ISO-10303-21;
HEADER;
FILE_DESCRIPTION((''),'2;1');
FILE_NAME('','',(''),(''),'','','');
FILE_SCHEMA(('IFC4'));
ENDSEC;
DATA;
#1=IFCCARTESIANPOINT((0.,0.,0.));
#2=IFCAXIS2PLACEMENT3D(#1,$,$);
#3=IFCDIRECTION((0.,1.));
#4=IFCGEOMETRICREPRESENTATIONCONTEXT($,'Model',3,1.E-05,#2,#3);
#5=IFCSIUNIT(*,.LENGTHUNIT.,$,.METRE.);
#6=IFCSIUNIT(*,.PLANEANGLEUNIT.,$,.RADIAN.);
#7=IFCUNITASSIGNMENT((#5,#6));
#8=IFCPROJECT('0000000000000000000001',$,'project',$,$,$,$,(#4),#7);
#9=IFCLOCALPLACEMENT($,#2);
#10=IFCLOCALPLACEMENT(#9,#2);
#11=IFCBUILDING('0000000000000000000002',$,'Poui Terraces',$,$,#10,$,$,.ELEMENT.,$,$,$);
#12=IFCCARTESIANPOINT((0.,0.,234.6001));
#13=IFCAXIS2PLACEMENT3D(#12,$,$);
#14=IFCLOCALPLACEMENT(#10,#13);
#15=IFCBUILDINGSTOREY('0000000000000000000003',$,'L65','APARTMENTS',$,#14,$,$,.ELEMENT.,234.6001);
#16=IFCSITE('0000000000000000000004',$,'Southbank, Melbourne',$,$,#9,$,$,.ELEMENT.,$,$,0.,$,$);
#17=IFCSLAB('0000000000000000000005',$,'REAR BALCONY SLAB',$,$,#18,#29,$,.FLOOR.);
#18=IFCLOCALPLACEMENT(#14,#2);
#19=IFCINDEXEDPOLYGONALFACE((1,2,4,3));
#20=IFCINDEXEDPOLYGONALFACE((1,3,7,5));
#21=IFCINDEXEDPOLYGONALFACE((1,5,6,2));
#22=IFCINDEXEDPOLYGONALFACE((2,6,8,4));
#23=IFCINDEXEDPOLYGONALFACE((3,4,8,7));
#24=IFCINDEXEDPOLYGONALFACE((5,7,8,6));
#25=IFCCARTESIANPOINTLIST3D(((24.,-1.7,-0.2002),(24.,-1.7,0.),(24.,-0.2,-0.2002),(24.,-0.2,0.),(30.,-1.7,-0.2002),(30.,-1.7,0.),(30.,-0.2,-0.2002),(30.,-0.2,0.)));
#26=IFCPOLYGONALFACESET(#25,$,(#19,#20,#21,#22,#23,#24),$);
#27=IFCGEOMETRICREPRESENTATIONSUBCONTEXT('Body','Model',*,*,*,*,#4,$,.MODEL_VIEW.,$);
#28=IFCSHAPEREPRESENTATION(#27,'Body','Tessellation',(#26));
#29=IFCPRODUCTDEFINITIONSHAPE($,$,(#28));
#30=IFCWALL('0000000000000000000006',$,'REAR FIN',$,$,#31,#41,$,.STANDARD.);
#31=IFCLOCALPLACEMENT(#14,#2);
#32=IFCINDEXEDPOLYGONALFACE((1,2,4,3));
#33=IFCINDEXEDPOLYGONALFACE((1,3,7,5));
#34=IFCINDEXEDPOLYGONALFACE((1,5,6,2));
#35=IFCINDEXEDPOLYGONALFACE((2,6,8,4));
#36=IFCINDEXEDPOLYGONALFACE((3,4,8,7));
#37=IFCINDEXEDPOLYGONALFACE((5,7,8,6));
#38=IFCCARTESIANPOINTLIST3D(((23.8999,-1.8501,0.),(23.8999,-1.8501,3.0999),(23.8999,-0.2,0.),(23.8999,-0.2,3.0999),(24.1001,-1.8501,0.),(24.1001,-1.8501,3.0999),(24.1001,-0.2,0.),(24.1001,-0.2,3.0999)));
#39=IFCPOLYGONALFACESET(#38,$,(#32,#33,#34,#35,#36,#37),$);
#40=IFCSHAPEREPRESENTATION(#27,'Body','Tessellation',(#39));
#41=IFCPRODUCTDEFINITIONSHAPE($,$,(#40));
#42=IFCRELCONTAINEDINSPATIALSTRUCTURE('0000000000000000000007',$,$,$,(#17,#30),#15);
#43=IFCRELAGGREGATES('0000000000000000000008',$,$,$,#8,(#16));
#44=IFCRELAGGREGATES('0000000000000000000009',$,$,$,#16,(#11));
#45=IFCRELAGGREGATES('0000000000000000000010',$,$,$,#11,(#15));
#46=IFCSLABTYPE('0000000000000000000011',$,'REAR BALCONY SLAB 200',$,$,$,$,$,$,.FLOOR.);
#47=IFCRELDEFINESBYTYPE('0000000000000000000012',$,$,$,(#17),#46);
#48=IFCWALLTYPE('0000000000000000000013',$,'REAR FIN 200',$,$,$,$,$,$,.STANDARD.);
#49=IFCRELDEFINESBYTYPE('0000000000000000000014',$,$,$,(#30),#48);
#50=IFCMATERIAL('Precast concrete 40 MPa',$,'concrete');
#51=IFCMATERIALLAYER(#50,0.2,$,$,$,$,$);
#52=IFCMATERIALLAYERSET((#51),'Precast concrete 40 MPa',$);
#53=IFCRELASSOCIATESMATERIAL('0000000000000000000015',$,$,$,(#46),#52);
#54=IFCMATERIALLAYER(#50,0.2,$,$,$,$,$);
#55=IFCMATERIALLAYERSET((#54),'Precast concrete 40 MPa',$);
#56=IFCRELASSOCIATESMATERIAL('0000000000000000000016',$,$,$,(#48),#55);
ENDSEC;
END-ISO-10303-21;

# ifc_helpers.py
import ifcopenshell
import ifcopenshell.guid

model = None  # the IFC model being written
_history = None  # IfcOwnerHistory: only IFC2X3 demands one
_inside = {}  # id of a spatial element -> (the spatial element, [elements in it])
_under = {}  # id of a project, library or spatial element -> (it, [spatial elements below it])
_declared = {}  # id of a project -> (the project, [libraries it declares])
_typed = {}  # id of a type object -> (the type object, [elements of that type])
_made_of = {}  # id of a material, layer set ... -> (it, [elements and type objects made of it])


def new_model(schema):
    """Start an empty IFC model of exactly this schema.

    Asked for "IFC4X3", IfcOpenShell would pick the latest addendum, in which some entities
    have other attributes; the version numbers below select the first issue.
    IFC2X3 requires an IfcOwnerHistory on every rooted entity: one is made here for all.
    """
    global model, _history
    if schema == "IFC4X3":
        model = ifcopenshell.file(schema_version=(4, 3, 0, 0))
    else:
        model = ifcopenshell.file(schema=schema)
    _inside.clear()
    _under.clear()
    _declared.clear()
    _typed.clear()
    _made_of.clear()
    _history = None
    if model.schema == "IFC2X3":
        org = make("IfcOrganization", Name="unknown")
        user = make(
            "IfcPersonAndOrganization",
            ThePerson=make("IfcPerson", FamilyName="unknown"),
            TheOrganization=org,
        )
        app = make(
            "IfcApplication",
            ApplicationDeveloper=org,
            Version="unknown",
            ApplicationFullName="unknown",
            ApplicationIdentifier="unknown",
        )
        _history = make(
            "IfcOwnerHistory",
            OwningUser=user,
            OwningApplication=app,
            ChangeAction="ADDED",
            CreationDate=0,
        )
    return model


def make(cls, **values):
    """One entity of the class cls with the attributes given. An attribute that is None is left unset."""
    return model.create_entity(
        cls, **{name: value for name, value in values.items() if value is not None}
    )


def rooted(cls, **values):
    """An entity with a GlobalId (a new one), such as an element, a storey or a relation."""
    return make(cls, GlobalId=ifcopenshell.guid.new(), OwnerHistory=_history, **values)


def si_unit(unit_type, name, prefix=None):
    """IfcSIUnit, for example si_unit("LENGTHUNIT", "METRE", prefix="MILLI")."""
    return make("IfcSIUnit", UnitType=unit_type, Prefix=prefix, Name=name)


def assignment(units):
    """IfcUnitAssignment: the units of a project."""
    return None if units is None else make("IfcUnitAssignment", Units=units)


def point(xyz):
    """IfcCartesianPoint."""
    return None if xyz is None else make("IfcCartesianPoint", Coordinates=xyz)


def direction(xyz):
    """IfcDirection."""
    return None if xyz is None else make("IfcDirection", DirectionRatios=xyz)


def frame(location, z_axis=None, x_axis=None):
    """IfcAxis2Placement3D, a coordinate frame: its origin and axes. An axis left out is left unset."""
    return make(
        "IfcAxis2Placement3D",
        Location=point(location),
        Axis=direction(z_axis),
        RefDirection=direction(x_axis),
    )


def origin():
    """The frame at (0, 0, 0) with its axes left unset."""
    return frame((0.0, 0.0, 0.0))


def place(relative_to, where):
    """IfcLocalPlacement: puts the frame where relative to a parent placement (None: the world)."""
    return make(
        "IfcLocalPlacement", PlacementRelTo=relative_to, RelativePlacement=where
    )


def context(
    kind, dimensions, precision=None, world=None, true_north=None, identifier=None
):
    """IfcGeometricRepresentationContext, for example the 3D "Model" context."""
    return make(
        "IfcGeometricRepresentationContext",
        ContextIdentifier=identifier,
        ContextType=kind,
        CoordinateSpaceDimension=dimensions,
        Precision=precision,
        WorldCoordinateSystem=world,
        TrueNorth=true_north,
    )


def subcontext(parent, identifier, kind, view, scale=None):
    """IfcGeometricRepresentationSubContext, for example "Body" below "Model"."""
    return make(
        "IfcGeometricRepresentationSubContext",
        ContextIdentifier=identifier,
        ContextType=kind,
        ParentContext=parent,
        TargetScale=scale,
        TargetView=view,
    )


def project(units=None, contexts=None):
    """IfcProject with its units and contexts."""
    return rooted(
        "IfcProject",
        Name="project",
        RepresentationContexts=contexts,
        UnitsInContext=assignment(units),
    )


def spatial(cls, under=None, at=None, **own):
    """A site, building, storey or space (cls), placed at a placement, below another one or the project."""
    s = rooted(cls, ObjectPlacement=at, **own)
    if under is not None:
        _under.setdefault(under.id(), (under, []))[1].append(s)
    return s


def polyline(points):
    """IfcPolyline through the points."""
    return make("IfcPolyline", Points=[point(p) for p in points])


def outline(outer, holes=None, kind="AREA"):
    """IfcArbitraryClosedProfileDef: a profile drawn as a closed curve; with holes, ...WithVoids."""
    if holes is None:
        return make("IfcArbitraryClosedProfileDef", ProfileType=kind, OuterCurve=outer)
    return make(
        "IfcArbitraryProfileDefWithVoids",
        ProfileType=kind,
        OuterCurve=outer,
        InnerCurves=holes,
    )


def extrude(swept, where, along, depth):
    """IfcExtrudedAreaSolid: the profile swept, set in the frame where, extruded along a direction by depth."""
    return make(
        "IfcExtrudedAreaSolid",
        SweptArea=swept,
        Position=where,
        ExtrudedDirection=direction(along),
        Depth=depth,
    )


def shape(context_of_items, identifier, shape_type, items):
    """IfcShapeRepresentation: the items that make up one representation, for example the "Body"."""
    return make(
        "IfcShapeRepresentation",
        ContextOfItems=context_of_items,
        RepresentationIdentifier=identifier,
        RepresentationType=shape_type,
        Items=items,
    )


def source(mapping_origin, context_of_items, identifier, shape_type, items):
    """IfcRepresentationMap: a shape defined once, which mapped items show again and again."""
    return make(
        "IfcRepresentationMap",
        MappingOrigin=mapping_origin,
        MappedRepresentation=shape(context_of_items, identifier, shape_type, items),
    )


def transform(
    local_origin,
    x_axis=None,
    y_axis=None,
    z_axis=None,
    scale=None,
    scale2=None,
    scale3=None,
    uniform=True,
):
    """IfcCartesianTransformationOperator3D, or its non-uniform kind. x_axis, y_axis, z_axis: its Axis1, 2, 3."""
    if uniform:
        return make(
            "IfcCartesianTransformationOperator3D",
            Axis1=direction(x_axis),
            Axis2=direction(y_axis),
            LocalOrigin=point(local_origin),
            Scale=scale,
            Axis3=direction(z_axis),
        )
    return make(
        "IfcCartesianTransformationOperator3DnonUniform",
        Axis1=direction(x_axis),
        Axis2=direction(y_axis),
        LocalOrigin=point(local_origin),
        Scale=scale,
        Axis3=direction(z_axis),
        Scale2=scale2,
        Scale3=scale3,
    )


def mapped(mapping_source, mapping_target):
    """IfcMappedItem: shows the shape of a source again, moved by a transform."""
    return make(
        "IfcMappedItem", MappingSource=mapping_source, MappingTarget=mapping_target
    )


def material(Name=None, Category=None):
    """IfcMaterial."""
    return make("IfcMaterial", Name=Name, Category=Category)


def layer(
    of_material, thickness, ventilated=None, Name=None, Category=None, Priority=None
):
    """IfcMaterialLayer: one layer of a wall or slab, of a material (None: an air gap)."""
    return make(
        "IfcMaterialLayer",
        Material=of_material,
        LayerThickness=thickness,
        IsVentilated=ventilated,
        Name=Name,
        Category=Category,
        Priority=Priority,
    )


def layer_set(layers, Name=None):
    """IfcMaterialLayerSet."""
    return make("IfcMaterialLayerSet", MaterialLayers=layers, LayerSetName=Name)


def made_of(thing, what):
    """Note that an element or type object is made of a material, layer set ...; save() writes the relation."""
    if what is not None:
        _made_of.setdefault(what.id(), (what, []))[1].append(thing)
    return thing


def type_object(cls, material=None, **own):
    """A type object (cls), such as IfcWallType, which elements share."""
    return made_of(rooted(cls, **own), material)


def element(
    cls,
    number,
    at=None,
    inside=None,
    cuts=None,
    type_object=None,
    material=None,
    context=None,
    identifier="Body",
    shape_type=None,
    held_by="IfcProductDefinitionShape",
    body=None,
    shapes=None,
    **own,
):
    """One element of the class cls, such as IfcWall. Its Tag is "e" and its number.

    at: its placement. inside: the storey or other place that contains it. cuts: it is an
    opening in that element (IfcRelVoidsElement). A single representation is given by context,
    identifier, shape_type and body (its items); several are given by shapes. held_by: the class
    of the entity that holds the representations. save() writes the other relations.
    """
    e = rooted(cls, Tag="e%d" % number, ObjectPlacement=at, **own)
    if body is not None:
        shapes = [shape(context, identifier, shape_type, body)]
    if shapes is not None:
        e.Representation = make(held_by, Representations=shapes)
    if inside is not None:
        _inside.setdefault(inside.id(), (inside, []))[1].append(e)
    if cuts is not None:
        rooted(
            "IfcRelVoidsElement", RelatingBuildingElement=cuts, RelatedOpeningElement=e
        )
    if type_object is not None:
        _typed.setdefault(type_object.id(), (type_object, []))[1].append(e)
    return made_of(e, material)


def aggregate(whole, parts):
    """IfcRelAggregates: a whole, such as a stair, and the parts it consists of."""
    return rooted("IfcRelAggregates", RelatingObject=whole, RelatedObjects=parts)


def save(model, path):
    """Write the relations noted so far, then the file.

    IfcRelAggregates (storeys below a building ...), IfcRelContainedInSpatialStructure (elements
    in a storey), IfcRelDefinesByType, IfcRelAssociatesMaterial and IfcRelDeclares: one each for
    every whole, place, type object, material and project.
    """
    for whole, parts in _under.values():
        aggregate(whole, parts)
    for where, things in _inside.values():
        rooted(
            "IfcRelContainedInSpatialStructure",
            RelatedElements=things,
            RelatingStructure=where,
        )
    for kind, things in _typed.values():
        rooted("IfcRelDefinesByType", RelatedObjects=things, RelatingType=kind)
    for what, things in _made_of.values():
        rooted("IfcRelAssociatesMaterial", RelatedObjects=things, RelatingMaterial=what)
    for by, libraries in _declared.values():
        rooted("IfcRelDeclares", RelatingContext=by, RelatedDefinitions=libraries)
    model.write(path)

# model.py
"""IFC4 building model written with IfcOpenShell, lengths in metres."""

from ifc_helpers import new_model, si_unit, direction, frame, origin, place, context, subcontext, project, spatial, polyline, outline, extrude, source, transform, mapped, material, layer, layer_set, type_object, element, save


model = new_model("IFC4")

# Units and contexts
model_context = context("Model", 3, precision=1e-05, world=origin(), true_north=direction((0.0, 1.0)))
body_context = subcontext(model_context, "Body", "Model", "MODEL_VIEW")
ifc_project = project(units=[si_unit("LENGTHUNIT", "METRE"), si_unit("PLANEANGLEUNIT", "RADIAN")], contexts=[model_context])

# Site, building, storey
site_placement = place(None, origin())
site = spatial("IfcSite", under=ifc_project, at=site_placement, Name="Southbank, Melbourne", CompositionType="ELEMENT", RefElevation=0.0)
building_placement = place(site_placement, origin())
building = spatial("IfcBuilding", under=site, at=building_placement, Name="Poui Terraces", CompositionType="ELEMENT")
storey_placement = place(building_placement, frame((0.0, 0.0, 234.6001)))
storey = spatial("IfcBuildingStorey", under=building, at=storey_placement, Name="L65", Description="APARTMENTS", CompositionType="ELEMENT", Elevation=234.6001)

# Slab
ifc_material = material(Name="Precast concrete 40 MPa", Category="concrete")
ifc_layer_1 = layer(ifc_material, 0.2)
ifc_layer_set_1 = layer_set([ifc_layer_1], Name="Precast concrete 40 MPa")
slab_type = type_object("IfcSlabType", Name="REAR BALCONY SLAB 200", PredefinedType="FLOOR", material=ifc_layer_set_1)
shared_shape_1 = source(origin(), body_context, "Body", "SweptSolid", [
    extrude(outline(polyline([(0.0, 0.0), (6.0, 0.0), (6.0, 1.5), (0.0, 1.5), (0.0, 0.0)])), origin(), (0.0, 0.0, 1.0), 0.2002),
])
slab_placement = place(storey_placement, frame((24.0, -1.7, -0.2002)))
element("IfcSlab", 1, at=slab_placement, inside=storey, type_object=slab_type, Name="REAR BALCONY SLAB", PredefinedType="FLOOR", context=body_context, shape_type="MappedRepresentation", body=[
    mapped(shared_shape_1, transform((0.0, 0.0, 0.0))),
])

# Wall
ifc_layer_2 = layer(ifc_material, 0.2)
ifc_layer_set_2 = layer_set([ifc_layer_2], Name="Precast concrete 40 MPa")
wall_type = type_object("IfcWallType", Name="REAR FIN 200", PredefinedType="STANDARD", material=ifc_layer_set_2)
shared_shape_2 = source(origin(), body_context, "Body", "SweptSolid", [
    extrude(outline(polyline([(0.0, 0.0), (0.2002, 0.0), (0.2002, 1.6501), (0.0, 1.6501), (0.0, 0.0)])), origin(), (0.0, 0.0, 1.0), 3.0999),
])
wall_placement = place(storey_placement, frame((23.8999, -1.8501, 0.0)))
element("IfcWall", 2, at=wall_placement, inside=storey, type_object=wall_type, Name="REAR FIN", PredefinedType="STANDARD", context=body_context, shape_type="MappedRepresentation", body=[
    mapped(shared_shape_2, transform((0.0, 0.0, 0.0))),
])

save(model, "model.ifc")
